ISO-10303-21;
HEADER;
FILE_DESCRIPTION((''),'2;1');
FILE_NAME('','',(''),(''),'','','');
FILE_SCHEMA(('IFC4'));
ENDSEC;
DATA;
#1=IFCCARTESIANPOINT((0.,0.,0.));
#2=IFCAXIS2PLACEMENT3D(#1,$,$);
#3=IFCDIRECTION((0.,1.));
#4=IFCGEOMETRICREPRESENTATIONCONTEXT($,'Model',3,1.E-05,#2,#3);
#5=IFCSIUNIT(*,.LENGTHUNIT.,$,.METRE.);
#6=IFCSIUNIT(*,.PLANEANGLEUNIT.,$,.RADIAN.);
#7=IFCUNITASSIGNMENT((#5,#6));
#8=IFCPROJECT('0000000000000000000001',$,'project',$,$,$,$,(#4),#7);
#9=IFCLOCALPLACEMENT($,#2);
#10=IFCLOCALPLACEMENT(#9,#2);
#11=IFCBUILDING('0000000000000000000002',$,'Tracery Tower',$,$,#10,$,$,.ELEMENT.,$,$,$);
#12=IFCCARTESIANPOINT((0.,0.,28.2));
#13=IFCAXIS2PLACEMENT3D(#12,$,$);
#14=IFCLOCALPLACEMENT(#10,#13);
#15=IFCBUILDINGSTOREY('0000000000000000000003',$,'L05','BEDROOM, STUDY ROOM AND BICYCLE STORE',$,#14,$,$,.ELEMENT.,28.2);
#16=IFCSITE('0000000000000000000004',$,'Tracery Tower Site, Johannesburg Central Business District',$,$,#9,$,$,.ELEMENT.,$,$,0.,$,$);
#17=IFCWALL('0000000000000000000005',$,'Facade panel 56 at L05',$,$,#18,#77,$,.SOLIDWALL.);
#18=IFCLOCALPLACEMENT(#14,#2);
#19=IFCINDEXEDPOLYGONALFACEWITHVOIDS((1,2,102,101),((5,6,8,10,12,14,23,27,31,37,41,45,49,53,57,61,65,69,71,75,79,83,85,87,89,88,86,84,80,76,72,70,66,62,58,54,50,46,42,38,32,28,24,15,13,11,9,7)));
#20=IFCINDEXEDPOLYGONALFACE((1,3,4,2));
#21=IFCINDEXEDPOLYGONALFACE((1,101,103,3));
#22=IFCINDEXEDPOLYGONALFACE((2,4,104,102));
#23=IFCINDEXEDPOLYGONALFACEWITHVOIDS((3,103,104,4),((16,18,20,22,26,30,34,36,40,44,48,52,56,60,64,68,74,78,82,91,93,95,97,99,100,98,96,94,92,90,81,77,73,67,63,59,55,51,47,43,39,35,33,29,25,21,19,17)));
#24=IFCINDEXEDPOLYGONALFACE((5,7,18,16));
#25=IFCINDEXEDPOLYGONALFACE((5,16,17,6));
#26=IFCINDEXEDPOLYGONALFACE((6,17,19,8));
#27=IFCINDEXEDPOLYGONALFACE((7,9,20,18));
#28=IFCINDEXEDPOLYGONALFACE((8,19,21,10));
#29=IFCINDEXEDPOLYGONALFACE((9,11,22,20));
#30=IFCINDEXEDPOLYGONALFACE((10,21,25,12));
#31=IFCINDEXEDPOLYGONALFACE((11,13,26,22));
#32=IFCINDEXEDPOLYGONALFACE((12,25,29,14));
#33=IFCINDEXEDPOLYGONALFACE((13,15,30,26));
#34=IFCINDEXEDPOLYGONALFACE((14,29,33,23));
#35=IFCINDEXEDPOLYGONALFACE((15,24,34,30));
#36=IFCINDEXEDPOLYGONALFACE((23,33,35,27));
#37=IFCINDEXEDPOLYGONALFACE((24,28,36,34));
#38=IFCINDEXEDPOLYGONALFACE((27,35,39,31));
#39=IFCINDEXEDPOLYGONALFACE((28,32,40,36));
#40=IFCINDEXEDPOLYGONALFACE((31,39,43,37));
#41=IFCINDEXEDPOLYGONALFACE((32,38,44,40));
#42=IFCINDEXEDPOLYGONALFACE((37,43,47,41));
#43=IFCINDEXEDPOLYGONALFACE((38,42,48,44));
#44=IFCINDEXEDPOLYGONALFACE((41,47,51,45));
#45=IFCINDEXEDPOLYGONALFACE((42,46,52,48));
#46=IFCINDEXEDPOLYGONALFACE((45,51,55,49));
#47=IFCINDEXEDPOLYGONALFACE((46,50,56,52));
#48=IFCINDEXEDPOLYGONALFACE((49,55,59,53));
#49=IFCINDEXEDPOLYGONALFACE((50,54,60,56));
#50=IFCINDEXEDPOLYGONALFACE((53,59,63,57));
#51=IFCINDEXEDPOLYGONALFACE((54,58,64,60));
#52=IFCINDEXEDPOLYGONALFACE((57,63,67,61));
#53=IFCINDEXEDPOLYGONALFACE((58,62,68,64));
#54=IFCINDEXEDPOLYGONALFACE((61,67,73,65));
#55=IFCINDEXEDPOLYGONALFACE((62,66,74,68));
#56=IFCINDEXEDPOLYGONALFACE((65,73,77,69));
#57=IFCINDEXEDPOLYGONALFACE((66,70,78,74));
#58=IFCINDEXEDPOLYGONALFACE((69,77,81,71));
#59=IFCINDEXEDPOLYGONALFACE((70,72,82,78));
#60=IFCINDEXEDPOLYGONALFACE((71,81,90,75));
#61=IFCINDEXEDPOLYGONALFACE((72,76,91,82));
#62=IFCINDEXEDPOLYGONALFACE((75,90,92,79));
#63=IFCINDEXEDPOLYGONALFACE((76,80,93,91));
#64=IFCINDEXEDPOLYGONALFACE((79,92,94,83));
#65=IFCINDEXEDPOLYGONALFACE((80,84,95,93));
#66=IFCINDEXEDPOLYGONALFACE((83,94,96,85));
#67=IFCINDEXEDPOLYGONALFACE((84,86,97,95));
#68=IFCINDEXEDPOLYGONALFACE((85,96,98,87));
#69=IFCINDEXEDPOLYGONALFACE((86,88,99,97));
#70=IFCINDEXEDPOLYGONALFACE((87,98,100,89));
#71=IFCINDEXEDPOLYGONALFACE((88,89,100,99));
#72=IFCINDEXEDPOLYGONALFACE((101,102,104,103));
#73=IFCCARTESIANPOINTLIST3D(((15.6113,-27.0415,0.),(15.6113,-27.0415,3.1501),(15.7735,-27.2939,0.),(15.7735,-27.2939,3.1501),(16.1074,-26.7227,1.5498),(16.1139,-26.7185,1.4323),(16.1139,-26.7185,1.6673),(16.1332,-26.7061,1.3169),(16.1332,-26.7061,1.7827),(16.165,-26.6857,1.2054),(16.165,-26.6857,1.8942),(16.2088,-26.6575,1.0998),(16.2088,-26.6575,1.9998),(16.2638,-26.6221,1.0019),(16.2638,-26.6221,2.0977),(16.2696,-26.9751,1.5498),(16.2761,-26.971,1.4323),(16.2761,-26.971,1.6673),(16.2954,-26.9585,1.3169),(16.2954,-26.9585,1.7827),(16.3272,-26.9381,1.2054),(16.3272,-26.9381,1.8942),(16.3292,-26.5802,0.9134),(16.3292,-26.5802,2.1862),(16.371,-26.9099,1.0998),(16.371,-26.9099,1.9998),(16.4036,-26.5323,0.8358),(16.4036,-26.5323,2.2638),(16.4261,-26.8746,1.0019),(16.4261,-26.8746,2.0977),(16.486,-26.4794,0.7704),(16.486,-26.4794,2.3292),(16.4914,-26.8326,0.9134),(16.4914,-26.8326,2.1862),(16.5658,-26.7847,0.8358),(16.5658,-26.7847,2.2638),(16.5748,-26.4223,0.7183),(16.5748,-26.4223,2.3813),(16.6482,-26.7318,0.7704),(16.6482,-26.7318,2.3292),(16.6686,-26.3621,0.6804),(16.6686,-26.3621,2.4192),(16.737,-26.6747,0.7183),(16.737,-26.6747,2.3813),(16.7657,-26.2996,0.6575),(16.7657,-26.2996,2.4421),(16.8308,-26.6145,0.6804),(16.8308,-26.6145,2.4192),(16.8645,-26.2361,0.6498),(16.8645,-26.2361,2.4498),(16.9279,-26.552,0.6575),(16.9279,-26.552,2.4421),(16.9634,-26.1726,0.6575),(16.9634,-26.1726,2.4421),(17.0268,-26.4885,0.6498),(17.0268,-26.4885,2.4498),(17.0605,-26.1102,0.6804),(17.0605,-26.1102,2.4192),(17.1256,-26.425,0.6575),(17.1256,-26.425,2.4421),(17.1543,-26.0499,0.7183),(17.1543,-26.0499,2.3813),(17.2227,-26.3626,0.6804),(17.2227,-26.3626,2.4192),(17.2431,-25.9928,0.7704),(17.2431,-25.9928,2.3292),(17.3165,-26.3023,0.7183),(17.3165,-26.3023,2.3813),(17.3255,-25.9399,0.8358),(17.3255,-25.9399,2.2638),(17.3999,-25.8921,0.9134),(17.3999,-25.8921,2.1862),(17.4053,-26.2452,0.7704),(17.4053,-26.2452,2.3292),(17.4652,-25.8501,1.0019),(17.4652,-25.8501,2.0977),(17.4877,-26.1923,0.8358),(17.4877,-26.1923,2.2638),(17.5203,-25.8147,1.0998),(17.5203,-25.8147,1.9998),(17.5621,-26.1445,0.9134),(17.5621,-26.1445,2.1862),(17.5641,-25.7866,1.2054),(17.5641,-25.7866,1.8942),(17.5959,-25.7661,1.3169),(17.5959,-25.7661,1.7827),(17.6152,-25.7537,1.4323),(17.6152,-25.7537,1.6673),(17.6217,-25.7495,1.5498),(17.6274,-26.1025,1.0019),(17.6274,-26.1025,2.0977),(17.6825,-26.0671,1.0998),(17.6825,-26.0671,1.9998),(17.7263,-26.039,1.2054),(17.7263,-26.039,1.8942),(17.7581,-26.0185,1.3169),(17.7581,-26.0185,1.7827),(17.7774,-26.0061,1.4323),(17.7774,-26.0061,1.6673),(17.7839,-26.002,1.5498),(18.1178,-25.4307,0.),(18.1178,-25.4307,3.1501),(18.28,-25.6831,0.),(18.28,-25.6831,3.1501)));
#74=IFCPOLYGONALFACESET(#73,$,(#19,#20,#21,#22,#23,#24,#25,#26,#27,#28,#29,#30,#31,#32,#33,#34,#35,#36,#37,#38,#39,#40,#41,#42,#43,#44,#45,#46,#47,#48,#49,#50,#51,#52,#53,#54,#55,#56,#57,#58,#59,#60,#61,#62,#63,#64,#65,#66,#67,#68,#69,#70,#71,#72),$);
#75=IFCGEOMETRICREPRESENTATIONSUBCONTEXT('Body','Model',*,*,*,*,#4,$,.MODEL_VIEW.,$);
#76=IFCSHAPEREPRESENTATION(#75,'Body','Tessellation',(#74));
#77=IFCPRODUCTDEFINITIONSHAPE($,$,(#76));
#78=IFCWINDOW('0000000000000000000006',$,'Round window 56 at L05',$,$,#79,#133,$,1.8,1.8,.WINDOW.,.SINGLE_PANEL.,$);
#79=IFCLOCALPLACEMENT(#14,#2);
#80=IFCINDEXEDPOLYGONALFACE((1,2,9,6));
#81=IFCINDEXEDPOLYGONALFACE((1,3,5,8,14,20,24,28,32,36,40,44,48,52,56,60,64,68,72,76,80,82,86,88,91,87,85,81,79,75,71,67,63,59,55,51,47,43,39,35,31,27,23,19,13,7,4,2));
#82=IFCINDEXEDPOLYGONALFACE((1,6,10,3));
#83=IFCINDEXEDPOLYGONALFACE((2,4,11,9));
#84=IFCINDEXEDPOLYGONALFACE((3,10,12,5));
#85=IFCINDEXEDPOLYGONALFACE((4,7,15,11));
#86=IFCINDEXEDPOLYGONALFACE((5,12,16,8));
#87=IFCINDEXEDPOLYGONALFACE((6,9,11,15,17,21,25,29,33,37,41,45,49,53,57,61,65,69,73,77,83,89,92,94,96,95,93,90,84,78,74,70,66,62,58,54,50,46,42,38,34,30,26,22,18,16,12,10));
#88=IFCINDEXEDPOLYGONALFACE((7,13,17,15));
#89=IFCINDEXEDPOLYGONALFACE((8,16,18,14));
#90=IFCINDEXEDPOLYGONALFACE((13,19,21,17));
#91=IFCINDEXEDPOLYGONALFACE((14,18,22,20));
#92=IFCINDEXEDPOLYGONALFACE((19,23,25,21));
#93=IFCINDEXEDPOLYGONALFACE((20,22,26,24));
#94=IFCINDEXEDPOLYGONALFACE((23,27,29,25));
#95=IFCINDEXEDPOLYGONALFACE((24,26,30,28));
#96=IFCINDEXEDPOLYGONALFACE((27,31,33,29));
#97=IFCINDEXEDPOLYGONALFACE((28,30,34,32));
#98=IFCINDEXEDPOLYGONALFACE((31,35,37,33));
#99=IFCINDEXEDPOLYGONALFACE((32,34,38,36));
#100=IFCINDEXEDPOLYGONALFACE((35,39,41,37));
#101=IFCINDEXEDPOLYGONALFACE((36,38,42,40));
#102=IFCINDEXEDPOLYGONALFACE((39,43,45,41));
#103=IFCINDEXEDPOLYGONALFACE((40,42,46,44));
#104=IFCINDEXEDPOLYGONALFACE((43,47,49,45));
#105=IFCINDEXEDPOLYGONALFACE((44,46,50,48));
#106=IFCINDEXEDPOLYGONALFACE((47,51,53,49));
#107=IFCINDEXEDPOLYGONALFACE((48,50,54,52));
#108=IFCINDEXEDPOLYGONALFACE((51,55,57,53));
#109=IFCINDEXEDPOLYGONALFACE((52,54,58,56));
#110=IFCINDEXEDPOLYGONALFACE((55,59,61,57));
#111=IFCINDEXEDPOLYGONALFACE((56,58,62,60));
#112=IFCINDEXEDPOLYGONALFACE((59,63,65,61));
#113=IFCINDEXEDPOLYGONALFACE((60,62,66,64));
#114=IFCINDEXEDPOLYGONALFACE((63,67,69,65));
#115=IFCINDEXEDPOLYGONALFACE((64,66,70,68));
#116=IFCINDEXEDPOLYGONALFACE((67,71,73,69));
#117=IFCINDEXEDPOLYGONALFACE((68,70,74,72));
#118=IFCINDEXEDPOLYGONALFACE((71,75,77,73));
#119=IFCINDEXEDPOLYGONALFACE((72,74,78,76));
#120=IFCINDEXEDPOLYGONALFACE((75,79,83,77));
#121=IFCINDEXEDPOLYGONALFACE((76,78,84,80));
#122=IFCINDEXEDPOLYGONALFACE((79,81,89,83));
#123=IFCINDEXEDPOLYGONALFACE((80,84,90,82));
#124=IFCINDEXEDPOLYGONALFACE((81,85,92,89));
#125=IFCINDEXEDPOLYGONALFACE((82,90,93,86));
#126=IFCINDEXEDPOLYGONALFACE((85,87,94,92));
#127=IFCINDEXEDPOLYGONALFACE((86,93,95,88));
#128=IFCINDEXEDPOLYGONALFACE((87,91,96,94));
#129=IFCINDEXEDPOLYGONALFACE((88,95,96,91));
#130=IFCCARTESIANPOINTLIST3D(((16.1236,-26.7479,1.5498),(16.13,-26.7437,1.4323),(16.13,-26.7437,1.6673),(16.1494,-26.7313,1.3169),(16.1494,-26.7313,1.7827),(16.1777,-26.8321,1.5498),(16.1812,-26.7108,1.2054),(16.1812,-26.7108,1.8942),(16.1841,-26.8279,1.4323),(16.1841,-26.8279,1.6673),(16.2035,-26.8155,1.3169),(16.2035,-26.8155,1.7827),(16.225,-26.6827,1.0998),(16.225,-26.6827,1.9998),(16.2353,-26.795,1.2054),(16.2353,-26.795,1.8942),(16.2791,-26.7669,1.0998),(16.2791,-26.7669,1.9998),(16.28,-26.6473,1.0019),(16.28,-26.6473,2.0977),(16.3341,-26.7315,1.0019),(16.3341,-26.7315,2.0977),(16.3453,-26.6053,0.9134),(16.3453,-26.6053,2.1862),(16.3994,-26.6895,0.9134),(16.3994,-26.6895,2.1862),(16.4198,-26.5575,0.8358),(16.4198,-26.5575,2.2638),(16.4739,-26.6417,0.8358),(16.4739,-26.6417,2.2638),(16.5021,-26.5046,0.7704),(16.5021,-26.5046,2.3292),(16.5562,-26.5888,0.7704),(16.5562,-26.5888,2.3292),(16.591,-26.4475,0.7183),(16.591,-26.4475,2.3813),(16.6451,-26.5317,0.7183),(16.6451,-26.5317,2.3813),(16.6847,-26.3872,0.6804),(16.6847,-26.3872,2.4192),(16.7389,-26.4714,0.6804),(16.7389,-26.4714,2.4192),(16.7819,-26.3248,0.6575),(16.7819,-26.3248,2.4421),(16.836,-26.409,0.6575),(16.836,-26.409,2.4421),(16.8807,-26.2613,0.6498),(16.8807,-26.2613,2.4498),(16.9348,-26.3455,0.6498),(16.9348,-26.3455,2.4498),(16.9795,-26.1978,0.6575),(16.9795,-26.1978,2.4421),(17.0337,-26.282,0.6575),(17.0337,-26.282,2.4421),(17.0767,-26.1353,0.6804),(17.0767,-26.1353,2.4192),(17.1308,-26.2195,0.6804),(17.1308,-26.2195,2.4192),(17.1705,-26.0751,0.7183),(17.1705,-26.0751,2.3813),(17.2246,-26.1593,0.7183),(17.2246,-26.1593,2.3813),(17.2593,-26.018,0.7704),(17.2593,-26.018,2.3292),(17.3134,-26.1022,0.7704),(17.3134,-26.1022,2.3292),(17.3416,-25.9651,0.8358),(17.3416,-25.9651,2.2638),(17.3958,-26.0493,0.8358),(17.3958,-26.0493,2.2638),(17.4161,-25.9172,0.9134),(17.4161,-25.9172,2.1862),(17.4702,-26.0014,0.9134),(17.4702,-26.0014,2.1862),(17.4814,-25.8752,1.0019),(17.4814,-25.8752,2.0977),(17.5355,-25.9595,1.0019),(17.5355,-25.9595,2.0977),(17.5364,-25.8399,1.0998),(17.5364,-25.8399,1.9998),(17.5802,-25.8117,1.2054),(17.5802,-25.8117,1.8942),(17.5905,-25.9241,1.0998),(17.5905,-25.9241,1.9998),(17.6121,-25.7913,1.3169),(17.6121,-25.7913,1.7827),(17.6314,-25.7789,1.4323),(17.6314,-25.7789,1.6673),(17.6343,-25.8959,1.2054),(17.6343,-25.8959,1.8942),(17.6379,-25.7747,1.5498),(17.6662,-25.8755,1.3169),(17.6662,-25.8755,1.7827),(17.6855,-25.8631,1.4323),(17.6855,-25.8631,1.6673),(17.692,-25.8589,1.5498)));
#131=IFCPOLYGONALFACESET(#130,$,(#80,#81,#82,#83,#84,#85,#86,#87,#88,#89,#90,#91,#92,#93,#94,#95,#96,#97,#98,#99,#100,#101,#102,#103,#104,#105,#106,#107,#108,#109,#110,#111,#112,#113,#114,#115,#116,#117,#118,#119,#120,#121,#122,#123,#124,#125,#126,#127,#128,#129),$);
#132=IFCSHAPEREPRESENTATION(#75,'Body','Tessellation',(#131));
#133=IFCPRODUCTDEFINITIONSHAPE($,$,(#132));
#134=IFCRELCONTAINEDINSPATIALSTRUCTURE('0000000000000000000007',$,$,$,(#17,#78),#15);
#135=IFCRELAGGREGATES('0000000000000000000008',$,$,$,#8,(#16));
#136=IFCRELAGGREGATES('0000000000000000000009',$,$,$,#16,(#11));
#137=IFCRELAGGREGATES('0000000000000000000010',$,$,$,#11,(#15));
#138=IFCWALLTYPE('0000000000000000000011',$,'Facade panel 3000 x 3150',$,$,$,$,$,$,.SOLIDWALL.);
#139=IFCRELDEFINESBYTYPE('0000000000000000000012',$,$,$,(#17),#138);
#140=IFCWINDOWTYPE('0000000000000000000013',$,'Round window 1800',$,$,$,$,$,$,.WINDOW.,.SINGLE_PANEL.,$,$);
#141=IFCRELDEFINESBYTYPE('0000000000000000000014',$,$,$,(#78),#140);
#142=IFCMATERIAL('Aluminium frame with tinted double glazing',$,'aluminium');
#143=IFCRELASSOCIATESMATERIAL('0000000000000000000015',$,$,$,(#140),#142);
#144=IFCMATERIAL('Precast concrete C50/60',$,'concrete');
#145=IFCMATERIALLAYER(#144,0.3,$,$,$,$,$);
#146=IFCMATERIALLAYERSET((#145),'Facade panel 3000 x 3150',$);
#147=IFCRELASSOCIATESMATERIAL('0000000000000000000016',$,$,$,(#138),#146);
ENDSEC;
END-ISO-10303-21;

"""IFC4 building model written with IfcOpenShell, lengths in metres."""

from ifc_helpers import new_model, si_unit, direction, frame, frame_2d, origin, origin_2d, place, context, subcontext, project, spatial, rectangle, circle, extrude, material, layer, layer_set, type_object, element, fill, save


model = new_model("IFC4")

# Units and contexts
model_context = context("Model", 3, precision=1e-05, world=origin(), true_north=direction((0.0, 1.0)))
body_context = subcontext(model_context, "Body", "Model", "MODEL_VIEW")
ifc_project = project(units=[si_unit("LENGTHUNIT", "METRE"), si_unit("PLANEANGLEUNIT", "RADIAN")], contexts=[model_context])

# Site, building, storey
site_placement = place(None, origin())
site = spatial("IfcSite", under=ifc_project, at=site_placement, Name="Tracery Tower Site, Johannesburg Central Business District", CompositionType="ELEMENT", RefElevation=0.0)
building_placement = place(site_placement, origin())
building = spatial("IfcBuilding", under=site, at=building_placement, Name="Tracery Tower", CompositionType="ELEMENT")
storey_placement = place(building_placement, frame((0.0, 0.0, 28.2)))
storey = spatial("IfcBuildingStorey", under=building, at=storey_placement, Name="L05", Description="BEDROOM, STUDY ROOM AND BICYCLE STORE", CompositionType="ELEMENT", Elevation=28.2)

# Wall, opening, window
ifc_material_1 = material(Name="Aluminium frame with tinted double glazing", Category="aluminium")
window_type = type_object("IfcWindowType", Name="Round window 1800", PartitioningType="SINGLE_PANEL", PredefinedType="WINDOW", material=ifc_material_1)
ifc_material_2 = material(Name="Precast concrete C50/60", Category="concrete")
ifc_layer_1 = layer(ifc_material_2, 0.3)
ifc_layer_set_1 = layer_set([ifc_layer_1], Name="Facade panel 3000 x 3150")
wall_type_1 = type_object("IfcWallType", Name="Facade panel 3000 x 3150", PredefinedType="SOLIDWALL", material=ifc_layer_set_1)
wall_1_placement = place(storey_placement, frame((15.6924, -27.1677, 0.0), z_axis=(0.0, 0.0, 1.0), x_axis=(0.841261, 0.540629, 0.0)))
wall_1 = element("IfcWall", 1, at=wall_1_placement, inside=storey, type_object=wall_type_1, Name="Facade panel 56 at L05", PredefinedType="SOLIDWALL", context=body_context, shape_type="SweptSolid", body=[
    extrude(rectangle(XDim=2.9795, YDim=0.3, at=frame_2d((1.4897, 0.0))), origin(), (0.0, 0.0, 1.0), 3.1501),
])
opening_1_placement = place(wall_1_placement, frame((1.4897, 0.0, 1.5498)))
opening_1 = element("IfcOpeningElement", 2, at=opening_1_placement, cuts=wall_1, PredefinedType="OPENING", context=body_context, shape_type="SweptSolid", body=[
    extrude(circle(Radius=0.9, at=origin_2d()), frame((0.0, 0.1599, 0.0), z_axis=(0.0, -1.0, 0.0), x_axis=(1.0, 0.0, 0.0)), (0.0, 0.0, 1.0), 0.3201),
])
window_1_placement = place(opening_1_placement, origin())
window_1 = element("IfcWindow", 3, at=window_1_placement, inside=storey, type_object=window_type, Name="Round window 56 at L05", OverallHeight=1.8, OverallWidth=1.8, PartitioningType="SINGLE_PANEL", PredefinedType="WINDOW", context=body_context, shape_type="SweptSolid", body=[
    extrude(circle(Radius=0.9, at=origin_2d()), frame((0.0, 0.1201, 0.0), z_axis=(0.0, -1.0, 0.0), x_axis=(1.0, 0.0, 0.0)), (0.0, 0.0, 1.0), 0.1001),
])
fill(opening_1, window_1)

save(model, "model.ifc")
